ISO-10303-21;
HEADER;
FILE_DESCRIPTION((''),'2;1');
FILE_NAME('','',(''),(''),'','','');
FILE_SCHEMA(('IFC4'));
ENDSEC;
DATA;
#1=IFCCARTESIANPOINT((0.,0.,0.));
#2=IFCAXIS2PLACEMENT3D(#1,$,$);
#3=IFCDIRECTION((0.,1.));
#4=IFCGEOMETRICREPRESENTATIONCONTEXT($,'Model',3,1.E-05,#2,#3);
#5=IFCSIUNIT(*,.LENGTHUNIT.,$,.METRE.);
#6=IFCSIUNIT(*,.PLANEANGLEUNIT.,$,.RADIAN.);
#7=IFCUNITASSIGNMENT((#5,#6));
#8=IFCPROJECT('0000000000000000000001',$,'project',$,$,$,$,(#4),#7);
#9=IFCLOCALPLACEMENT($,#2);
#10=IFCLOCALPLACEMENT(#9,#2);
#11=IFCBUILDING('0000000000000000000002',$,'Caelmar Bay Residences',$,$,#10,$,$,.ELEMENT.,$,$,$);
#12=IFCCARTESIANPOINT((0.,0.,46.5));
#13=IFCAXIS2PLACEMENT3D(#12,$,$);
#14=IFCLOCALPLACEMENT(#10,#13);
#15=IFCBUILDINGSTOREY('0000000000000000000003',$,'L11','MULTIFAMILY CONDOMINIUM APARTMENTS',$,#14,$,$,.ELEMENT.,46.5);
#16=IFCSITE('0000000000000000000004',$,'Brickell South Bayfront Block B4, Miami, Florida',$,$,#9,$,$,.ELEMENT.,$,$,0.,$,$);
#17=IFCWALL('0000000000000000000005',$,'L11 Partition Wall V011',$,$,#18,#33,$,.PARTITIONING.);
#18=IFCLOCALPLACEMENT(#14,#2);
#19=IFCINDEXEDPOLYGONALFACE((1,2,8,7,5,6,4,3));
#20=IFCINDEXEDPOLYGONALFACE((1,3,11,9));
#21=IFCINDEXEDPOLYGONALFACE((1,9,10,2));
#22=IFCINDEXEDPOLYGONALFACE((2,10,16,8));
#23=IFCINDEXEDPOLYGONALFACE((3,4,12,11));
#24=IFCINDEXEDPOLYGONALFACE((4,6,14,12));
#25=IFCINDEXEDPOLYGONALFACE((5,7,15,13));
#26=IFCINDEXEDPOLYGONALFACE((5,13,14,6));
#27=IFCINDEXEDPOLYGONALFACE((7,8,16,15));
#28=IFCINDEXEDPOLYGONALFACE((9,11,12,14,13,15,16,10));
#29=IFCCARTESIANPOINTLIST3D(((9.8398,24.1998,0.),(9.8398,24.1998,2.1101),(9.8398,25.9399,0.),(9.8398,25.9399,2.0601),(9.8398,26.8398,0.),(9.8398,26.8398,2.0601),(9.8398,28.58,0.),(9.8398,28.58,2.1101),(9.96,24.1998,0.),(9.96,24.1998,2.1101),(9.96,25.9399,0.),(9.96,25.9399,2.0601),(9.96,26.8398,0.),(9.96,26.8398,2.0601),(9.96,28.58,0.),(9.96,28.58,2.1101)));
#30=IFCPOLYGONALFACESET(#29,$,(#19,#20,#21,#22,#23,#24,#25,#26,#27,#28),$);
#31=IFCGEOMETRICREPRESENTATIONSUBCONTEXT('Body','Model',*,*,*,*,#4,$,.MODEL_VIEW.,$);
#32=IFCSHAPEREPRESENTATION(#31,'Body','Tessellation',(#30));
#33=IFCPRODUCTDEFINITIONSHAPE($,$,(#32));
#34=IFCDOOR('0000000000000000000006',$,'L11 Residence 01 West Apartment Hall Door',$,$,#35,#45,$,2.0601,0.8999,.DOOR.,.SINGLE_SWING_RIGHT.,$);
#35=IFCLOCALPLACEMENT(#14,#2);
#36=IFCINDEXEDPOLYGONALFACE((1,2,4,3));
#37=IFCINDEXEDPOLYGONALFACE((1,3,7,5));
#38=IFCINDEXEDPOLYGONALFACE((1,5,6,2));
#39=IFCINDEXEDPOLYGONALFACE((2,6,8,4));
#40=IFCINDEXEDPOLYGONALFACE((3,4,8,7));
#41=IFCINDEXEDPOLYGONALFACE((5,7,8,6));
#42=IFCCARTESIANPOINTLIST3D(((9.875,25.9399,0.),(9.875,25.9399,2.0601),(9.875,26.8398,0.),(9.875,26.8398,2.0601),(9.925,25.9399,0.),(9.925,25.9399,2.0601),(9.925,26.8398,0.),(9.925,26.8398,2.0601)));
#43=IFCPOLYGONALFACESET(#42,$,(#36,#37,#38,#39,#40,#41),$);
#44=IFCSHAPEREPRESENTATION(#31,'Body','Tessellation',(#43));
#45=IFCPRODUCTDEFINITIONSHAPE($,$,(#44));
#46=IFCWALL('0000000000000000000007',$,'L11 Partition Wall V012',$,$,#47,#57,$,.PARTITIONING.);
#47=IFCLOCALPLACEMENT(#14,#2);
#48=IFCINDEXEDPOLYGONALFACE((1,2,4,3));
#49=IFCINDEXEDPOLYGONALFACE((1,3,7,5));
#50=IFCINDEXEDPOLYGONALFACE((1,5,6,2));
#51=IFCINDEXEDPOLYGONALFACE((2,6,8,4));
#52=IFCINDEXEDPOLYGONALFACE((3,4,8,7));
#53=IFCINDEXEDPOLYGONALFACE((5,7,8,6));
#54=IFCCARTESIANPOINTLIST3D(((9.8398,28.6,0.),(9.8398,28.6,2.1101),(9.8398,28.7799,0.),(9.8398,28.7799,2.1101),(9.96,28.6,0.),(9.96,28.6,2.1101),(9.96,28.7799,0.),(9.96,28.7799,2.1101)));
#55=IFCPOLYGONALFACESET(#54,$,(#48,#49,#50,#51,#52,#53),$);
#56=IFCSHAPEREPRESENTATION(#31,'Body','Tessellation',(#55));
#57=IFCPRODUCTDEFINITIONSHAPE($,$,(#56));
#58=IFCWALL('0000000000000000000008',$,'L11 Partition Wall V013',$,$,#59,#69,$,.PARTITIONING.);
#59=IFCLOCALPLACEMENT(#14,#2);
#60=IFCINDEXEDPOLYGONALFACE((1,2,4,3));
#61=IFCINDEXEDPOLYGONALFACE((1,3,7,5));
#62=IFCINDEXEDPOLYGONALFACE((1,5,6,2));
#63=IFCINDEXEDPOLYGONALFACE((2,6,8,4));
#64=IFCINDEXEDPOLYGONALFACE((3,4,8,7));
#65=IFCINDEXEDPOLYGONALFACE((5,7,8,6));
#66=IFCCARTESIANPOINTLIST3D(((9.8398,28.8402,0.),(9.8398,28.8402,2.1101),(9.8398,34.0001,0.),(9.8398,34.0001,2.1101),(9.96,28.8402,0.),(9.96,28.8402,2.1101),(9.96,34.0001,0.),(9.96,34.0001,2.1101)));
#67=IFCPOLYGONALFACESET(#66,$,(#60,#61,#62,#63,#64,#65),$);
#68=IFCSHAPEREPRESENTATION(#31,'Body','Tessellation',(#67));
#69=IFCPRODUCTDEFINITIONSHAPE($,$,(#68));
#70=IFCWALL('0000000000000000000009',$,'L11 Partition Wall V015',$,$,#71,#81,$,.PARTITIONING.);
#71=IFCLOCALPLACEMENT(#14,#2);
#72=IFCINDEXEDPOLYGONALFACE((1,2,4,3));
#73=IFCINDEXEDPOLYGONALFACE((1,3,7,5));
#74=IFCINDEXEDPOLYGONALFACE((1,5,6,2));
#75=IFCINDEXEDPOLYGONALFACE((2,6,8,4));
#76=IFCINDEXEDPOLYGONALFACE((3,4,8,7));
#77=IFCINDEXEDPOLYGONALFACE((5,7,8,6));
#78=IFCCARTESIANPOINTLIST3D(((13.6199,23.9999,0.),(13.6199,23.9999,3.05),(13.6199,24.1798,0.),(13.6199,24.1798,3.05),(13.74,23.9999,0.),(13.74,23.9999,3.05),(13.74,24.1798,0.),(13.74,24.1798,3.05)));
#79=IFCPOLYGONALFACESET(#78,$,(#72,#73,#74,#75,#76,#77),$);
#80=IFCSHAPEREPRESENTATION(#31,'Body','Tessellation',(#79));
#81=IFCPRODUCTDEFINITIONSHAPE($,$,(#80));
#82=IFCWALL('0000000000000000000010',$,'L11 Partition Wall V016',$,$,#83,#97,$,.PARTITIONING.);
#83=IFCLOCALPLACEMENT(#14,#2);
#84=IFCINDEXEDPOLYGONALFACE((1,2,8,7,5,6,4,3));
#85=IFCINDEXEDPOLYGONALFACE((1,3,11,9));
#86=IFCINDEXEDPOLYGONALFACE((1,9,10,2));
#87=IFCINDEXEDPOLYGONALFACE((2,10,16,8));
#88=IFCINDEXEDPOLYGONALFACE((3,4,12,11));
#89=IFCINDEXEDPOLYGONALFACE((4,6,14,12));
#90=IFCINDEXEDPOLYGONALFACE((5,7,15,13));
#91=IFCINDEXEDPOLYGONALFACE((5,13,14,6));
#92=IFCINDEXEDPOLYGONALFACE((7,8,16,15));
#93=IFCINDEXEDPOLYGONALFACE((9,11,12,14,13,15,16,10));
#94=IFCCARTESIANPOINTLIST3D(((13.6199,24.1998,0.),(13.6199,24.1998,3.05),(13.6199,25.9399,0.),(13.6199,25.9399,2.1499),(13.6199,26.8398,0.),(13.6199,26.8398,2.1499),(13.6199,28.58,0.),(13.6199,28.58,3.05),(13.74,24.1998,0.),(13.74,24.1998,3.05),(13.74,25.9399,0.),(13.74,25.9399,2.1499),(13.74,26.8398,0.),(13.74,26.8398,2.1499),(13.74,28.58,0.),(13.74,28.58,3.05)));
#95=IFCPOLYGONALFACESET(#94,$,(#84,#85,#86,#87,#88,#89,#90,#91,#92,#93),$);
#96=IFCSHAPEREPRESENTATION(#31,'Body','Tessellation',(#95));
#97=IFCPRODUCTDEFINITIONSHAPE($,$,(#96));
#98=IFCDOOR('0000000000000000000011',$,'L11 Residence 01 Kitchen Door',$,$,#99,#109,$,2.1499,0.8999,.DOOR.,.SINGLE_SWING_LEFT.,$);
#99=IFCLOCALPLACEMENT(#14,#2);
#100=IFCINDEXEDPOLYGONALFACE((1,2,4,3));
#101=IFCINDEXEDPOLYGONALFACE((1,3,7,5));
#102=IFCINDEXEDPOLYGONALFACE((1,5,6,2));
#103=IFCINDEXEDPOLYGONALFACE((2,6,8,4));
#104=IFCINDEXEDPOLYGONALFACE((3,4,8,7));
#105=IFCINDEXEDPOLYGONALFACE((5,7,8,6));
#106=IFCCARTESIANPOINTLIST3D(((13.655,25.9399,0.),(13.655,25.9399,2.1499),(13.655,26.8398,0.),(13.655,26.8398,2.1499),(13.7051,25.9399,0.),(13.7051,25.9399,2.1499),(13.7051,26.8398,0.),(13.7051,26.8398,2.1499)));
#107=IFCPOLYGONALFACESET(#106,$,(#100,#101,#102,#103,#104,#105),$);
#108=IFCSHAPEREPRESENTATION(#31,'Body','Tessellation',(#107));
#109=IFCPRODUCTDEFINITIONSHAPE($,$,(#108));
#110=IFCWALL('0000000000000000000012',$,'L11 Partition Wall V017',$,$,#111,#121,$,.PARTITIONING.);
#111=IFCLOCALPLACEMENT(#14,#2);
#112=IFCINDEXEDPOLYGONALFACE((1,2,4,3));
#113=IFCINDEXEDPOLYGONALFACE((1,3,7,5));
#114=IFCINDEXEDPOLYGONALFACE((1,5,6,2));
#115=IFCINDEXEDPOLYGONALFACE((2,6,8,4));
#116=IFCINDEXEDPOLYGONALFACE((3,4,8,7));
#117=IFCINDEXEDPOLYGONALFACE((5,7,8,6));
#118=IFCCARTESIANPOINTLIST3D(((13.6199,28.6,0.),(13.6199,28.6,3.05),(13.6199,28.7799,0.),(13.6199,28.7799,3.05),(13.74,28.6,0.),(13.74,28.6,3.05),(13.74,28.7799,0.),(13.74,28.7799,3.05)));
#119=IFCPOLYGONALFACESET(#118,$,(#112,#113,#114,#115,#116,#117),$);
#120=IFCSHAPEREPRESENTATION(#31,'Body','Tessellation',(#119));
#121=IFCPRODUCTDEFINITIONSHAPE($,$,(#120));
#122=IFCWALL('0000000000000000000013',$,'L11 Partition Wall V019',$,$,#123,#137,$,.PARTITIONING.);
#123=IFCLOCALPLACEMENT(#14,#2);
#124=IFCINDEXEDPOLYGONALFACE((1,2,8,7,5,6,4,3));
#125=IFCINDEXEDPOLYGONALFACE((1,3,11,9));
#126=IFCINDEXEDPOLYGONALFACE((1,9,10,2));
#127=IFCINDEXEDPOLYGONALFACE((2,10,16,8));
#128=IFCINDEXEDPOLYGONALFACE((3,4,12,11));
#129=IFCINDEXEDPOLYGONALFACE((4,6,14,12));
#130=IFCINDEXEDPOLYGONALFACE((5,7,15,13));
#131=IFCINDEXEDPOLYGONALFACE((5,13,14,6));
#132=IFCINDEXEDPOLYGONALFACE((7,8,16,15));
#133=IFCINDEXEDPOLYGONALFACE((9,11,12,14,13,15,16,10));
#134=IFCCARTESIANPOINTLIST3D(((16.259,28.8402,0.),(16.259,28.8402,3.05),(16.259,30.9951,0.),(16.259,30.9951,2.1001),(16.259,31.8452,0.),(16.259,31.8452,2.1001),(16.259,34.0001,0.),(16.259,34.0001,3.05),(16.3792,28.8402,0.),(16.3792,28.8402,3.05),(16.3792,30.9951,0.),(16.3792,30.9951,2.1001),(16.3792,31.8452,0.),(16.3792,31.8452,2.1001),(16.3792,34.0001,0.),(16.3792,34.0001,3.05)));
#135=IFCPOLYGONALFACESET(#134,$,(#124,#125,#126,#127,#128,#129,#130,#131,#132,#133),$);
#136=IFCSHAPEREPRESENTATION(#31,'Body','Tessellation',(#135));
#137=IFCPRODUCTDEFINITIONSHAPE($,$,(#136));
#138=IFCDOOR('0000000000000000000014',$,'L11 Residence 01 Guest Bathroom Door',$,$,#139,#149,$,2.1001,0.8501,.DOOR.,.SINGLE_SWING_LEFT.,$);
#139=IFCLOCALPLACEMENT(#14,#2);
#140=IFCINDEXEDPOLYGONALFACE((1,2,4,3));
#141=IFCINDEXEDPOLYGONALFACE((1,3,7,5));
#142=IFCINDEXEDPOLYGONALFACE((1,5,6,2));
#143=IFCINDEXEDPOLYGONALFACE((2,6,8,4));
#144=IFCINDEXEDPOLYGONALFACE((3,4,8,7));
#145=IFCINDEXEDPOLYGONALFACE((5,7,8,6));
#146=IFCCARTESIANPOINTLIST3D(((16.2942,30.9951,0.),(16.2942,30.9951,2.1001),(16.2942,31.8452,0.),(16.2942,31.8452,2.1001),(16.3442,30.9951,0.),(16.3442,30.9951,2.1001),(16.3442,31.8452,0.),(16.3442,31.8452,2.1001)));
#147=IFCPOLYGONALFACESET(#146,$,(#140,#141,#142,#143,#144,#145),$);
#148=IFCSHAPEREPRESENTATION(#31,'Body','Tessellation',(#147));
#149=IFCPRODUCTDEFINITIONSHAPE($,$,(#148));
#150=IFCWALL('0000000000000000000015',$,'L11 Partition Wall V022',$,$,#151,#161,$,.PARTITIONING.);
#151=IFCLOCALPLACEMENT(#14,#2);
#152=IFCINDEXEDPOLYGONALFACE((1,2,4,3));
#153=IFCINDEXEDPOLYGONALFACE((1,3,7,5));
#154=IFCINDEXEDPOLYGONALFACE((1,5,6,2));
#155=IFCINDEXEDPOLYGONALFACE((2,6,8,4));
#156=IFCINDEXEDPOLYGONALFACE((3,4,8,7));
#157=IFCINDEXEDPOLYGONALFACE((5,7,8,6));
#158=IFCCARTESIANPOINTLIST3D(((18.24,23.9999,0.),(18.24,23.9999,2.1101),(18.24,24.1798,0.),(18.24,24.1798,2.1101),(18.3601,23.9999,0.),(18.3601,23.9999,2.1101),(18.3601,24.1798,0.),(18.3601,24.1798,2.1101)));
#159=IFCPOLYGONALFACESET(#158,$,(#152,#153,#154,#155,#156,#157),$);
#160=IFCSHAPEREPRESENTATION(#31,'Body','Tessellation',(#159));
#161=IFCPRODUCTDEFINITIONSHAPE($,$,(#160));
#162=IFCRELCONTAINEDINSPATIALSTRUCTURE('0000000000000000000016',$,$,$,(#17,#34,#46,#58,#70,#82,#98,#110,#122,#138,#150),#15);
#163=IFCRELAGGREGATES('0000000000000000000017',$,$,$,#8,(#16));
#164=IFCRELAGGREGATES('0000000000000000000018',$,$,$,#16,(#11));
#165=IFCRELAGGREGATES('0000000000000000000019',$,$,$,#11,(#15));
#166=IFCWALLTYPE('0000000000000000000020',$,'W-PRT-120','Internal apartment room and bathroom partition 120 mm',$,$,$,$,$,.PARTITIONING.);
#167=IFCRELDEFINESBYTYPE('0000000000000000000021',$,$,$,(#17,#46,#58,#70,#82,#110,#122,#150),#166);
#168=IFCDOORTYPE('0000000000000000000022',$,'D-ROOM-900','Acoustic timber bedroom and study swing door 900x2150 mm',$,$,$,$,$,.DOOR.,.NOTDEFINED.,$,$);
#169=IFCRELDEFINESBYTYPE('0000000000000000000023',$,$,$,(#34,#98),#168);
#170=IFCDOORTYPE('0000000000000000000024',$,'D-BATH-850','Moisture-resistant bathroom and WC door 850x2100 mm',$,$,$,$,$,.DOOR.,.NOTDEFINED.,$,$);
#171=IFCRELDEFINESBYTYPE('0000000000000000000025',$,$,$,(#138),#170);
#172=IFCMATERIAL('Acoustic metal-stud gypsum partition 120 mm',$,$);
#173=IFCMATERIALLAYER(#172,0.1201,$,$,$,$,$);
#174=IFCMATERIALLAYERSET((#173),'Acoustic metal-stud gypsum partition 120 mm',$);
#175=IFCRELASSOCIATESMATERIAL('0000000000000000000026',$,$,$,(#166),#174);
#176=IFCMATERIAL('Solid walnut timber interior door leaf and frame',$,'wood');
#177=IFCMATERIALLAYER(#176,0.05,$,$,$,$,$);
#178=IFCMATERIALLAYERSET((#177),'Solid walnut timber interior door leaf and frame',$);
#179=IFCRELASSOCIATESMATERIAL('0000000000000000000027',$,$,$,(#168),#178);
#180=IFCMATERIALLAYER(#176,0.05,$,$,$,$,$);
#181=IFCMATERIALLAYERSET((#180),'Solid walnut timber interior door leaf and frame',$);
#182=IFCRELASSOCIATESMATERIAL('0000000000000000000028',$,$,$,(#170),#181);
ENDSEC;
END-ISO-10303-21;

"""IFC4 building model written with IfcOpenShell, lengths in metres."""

from ifc_helpers import new_model, si_unit, direction, frame, frame_2d, origin, place, context, subcontext, project, spatial, rectangle, extrude, material, layer, layer_set, type_object, element, fill, save


model = new_model("IFC4")

# Units and contexts
model_context = context("Model", 3, precision=1e-05, world=origin(), true_north=direction((0.0, 1.0)))
body_context = subcontext(model_context, "Body", "Model", "MODEL_VIEW")
ifc_project = project(units=[si_unit("LENGTHUNIT", "METRE"), si_unit("PLANEANGLEUNIT", "RADIAN")], contexts=[model_context])

# Site, building, storey
site_placement = place(None, origin())
site = spatial("IfcSite", under=ifc_project, at=site_placement, Name="Brickell South Bayfront Block B4, Miami, Florida", CompositionType="ELEMENT", RefElevation=0.0)
building_placement = place(site_placement, origin())
building = spatial("IfcBuilding", under=site, at=building_placement, Name="Caelmar Bay Residences", CompositionType="ELEMENT")
storey_placement = place(building_placement, frame((0.0, 0.0, 46.5)))
storey = spatial("IfcBuildingStorey", under=building, at=storey_placement, Name="L11", Description="MULTIFAMILY CONDOMINIUM APARTMENTS", CompositionType="ELEMENT", Elevation=46.5)

# Wall, opening, door
ifc_material_1 = material(Name="Acoustic metal-stud gypsum partition 120 mm")
ifc_layer_1 = layer(ifc_material_1, 0.1201)
ifc_layer_set_1 = layer_set([ifc_layer_1], Name="Acoustic metal-stud gypsum partition 120 mm")
wall_type = type_object("IfcWallType", Name="W-PRT-120", Description="Internal apartment room and bathroom partition 120 mm", PredefinedType="PARTITIONING", material=ifc_layer_set_1)
wall_1_placement = place(storey_placement, frame((9.8999, 24.2, 0.0), z_axis=(0.0, 0.0, 1.0), x_axis=(0.0, 1.0, 0.0)))
wall_1 = element("IfcWall", 1, at=wall_1_placement, inside=storey, type_object=wall_type, Name="L11 Partition Wall V011", PredefinedType="PARTITIONING", context=body_context, shape_type="SweptSolid", body=[
    extrude(rectangle(XDim=4.3801, YDim=0.1201, at=frame_2d((2.1899, 0.0))), origin(), (0.0, 0.0, 1.0), 2.1101),
])
opening_1_placement = place(wall_1_placement, frame((1.74, 0.0, 0.0)))
opening_1 = element("IfcOpeningElement", 2, at=opening_1_placement, cuts=wall_1, PredefinedType="OPENING", context=body_context, shape_type="SweptSolid", body=[
    extrude(rectangle(XDim=0.8999, YDim=2.0601, at=frame_2d((0.45, 1.03))), frame((0.0, 0.0701, 0.0), z_axis=(0.0, -1.0, 0.0), x_axis=(1.0, 0.0, 0.0)), (0.0, 0.0, 1.0), 0.1401),
])
ifc_material_2 = material(Name="Solid walnut timber interior door leaf and frame", Category="wood")
ifc_layer_2 = layer(ifc_material_2, 0.05)
ifc_layer_set_2 = layer_set([ifc_layer_2], Name="Solid walnut timber interior door leaf and frame")
door_type_1 = type_object("IfcDoorType", Name="D-ROOM-900", Description="Acoustic timber bedroom and study swing door 900x2150 mm", OperationType="NOTDEFINED", PredefinedType="DOOR", material=ifc_layer_set_2)
door_1_placement = place(opening_1_placement, origin())
door_1 = element("IfcDoor", 3, at=door_1_placement, inside=storey, type_object=door_type_1, Name="L11 Residence 01 West Apartment Hall Door", OperationType="SINGLE_SWING_RIGHT", OverallHeight=2.0601, OverallWidth=0.8999, PredefinedType="DOOR", context=body_context, shape_type="SweptSolid", body=[
    extrude(rectangle(XDim=0.8999, YDim=2.0601, at=frame_2d((0.45, 1.03))), frame((0.0, 0.0249, 0.0), z_axis=(0.0, -1.0, 0.0), x_axis=(1.0, 0.0, 0.0)), (0.0, 0.0, 1.0), 0.05),
])
fill(opening_1, door_1)

# Walls
wall_2_placement = place(storey_placement, frame((9.8999, 28.6001, 0.0), z_axis=(0.0, 0.0, 1.0), x_axis=(0.0, 1.0, 0.0)))
element("IfcWall", 4, at=wall_2_placement, inside=storey, type_object=wall_type, Name="L11 Partition Wall V012", PredefinedType="PARTITIONING", context=body_context, shape_type="SweptSolid", body=[
    extrude(rectangle(XDim=0.1799, YDim=0.1201, at=frame_2d((0.0898, 0.0))), origin(), (0.0, 0.0, 1.0), 2.1101),
])
wall_3_placement = place(storey_placement, frame((9.8999, 28.8401, 0.0), z_axis=(0.0, 0.0, 1.0), x_axis=(0.0, 1.0, 0.0)))
element("IfcWall", 5, at=wall_3_placement, inside=storey, type_object=wall_type, Name="L11 Partition Wall V013", PredefinedType="PARTITIONING", context=body_context, shape_type="SweptSolid", body=[
    extrude(rectangle(XDim=5.1599, YDim=0.1201, at=frame_2d((2.5801, 0.0))), origin(), (0.0, 0.0, 1.0), 2.1101),
])
wall_4_placement = place(storey_placement, frame((13.6799, 24.0, 0.0), z_axis=(0.0, 0.0, 1.0), x_axis=(0.0, 1.0, 0.0)))
element("IfcWall", 6, at=wall_4_placement, inside=storey, type_object=wall_type, Name="L11 Partition Wall V015", PredefinedType="PARTITIONING", context=body_context, shape_type="SweptSolid", body=[
    extrude(rectangle(XDim=0.1799, YDim=0.1201, at=frame_2d((0.0898, 0.0))), origin(), (0.0, 0.0, 1.0), 3.05),
])

# Wall, opening, door
wall_5_placement = place(storey_placement, frame((13.6799, 24.2, 0.0), z_axis=(0.0, 0.0, 1.0), x_axis=(0.0, 1.0, 0.0)))
wall_5 = element("IfcWall", 7, at=wall_5_placement, inside=storey, type_object=wall_type, Name="L11 Partition Wall V016", PredefinedType="PARTITIONING", context=body_context, shape_type="SweptSolid", body=[
    extrude(rectangle(XDim=4.3801, YDim=0.1201, at=frame_2d((2.1899, 0.0))), origin(), (0.0, 0.0, 1.0), 3.05),
])
opening_2_placement = place(wall_5_placement, frame((1.74, 0.0, 0.0)))
opening_2 = element("IfcOpeningElement", 8, at=opening_2_placement, cuts=wall_5, PredefinedType="OPENING", context=body_context, shape_type="SweptSolid", body=[
    extrude(rectangle(XDim=0.8999, YDim=2.1499, at=frame_2d((0.45, 1.075))), frame((0.0, 0.0701, 0.0), z_axis=(0.0, -1.0, 0.0), x_axis=(1.0, 0.0, 0.0)), (0.0, 0.0, 1.0), 0.1401),
])
door_2_placement = place(opening_2_placement, origin())
door_2 = element("IfcDoor", 9, at=door_2_placement, inside=storey, type_object=door_type_1, Name="L11 Residence 01 Kitchen Door", OperationType="SINGLE_SWING_LEFT", OverallHeight=2.1499, OverallWidth=0.8999, PredefinedType="DOOR", context=body_context, shape_type="SweptSolid", body=[
    extrude(rectangle(XDim=0.8999, YDim=2.1499, at=frame_2d((0.45, 1.075))), frame((0.0, 0.0249, 0.0), z_axis=(0.0, -1.0, 0.0), x_axis=(1.0, 0.0, 0.0)), (0.0, 0.0, 1.0), 0.05),
])
fill(opening_2, door_2)

# Wall
wall_6_placement = place(storey_placement, frame((13.6799, 28.6001, 0.0), z_axis=(0.0, 0.0, 1.0), x_axis=(0.0, 1.0, 0.0)))
element("IfcWall", 10, at=wall_6_placement, inside=storey, type_object=wall_type, Name="L11 Partition Wall V017", PredefinedType="PARTITIONING", context=body_context, shape_type="SweptSolid", body=[
    extrude(rectangle(XDim=0.1799, YDim=0.1201, at=frame_2d((0.0898, 0.0))), origin(), (0.0, 0.0, 1.0), 3.05),
])

# Wall, opening, door
wall_7_placement = place(storey_placement, frame((16.3191, 28.8401, 0.0), z_axis=(0.0, 0.0, 1.0), x_axis=(0.0, 1.0, 0.0)))
wall_7 = element("IfcWall", 11, at=wall_7_placement, inside=storey, type_object=wall_type, Name="L11 Partition Wall V019", PredefinedType="PARTITIONING", context=body_context, shape_type="SweptSolid", body=[
    extrude(rectangle(XDim=5.1599, YDim=0.1201, at=frame_2d((2.5801, 0.0))), origin(), (0.0, 0.0, 1.0), 3.05),
])
opening_3_placement = place(wall_7_placement, frame((2.155, 0.0, 0.0)))
opening_3 = element("IfcOpeningElement", 12, at=opening_3_placement, cuts=wall_7, PredefinedType="OPENING", context=body_context, shape_type="SweptSolid", body=[
    extrude(rectangle(XDim=0.8501, YDim=2.1001, at=frame_2d((0.425, 1.05))), frame((0.0, 0.0701, 0.0), z_axis=(0.0, -1.0, 0.0), x_axis=(1.0, 0.0, 0.0)), (0.0, 0.0, 1.0), 0.1401),
])
ifc_layer_3 = layer(ifc_material_2, 0.05)
ifc_layer_set_3 = layer_set([ifc_layer_3], Name="Solid walnut timber interior door leaf and frame")
door_type_2 = type_object("IfcDoorType", Name="D-BATH-850", Description="Moisture-resistant bathroom and WC door 850x2100 mm", OperationType="NOTDEFINED", PredefinedType="DOOR", material=ifc_layer_set_3)
door_3_placement = place(opening_3_placement, origin())
door_3 = element("IfcDoor", 13, at=door_3_placement, inside=storey, type_object=door_type_2, Name="L11 Residence 01 Guest Bathroom Door", OperationType="SINGLE_SWING_LEFT", OverallHeight=2.1001, OverallWidth=0.8501, PredefinedType="DOOR", context=body_context, shape_type="SweptSolid", body=[
    extrude(rectangle(XDim=0.8501, YDim=2.1001, at=frame_2d((0.425, 1.05))), frame((0.0, 0.0249, 0.0), z_axis=(0.0, -1.0, 0.0), x_axis=(1.0, 0.0, 0.0)), (0.0, 0.0, 1.0), 0.05),
])
fill(opening_3, door_3)

# Wall
wall_8_placement = place(storey_placement, frame((18.3, 24.0, 0.0), z_axis=(0.0, 0.0, 1.0), x_axis=(0.0, 1.0, 0.0)))
element("IfcWall", 14, at=wall_8_placement, inside=storey, type_object=wall_type, Name="L11 Partition Wall V022", PredefinedType="PARTITIONING", context=body_context, shape_type="SweptSolid", body=[
    extrude(rectangle(XDim=0.1799, YDim=0.1201, at=frame_2d((0.0898, 0.0))), origin(), (0.0, 0.0, 1.0), 2.1101),
])

save(model, "model.ifc")
